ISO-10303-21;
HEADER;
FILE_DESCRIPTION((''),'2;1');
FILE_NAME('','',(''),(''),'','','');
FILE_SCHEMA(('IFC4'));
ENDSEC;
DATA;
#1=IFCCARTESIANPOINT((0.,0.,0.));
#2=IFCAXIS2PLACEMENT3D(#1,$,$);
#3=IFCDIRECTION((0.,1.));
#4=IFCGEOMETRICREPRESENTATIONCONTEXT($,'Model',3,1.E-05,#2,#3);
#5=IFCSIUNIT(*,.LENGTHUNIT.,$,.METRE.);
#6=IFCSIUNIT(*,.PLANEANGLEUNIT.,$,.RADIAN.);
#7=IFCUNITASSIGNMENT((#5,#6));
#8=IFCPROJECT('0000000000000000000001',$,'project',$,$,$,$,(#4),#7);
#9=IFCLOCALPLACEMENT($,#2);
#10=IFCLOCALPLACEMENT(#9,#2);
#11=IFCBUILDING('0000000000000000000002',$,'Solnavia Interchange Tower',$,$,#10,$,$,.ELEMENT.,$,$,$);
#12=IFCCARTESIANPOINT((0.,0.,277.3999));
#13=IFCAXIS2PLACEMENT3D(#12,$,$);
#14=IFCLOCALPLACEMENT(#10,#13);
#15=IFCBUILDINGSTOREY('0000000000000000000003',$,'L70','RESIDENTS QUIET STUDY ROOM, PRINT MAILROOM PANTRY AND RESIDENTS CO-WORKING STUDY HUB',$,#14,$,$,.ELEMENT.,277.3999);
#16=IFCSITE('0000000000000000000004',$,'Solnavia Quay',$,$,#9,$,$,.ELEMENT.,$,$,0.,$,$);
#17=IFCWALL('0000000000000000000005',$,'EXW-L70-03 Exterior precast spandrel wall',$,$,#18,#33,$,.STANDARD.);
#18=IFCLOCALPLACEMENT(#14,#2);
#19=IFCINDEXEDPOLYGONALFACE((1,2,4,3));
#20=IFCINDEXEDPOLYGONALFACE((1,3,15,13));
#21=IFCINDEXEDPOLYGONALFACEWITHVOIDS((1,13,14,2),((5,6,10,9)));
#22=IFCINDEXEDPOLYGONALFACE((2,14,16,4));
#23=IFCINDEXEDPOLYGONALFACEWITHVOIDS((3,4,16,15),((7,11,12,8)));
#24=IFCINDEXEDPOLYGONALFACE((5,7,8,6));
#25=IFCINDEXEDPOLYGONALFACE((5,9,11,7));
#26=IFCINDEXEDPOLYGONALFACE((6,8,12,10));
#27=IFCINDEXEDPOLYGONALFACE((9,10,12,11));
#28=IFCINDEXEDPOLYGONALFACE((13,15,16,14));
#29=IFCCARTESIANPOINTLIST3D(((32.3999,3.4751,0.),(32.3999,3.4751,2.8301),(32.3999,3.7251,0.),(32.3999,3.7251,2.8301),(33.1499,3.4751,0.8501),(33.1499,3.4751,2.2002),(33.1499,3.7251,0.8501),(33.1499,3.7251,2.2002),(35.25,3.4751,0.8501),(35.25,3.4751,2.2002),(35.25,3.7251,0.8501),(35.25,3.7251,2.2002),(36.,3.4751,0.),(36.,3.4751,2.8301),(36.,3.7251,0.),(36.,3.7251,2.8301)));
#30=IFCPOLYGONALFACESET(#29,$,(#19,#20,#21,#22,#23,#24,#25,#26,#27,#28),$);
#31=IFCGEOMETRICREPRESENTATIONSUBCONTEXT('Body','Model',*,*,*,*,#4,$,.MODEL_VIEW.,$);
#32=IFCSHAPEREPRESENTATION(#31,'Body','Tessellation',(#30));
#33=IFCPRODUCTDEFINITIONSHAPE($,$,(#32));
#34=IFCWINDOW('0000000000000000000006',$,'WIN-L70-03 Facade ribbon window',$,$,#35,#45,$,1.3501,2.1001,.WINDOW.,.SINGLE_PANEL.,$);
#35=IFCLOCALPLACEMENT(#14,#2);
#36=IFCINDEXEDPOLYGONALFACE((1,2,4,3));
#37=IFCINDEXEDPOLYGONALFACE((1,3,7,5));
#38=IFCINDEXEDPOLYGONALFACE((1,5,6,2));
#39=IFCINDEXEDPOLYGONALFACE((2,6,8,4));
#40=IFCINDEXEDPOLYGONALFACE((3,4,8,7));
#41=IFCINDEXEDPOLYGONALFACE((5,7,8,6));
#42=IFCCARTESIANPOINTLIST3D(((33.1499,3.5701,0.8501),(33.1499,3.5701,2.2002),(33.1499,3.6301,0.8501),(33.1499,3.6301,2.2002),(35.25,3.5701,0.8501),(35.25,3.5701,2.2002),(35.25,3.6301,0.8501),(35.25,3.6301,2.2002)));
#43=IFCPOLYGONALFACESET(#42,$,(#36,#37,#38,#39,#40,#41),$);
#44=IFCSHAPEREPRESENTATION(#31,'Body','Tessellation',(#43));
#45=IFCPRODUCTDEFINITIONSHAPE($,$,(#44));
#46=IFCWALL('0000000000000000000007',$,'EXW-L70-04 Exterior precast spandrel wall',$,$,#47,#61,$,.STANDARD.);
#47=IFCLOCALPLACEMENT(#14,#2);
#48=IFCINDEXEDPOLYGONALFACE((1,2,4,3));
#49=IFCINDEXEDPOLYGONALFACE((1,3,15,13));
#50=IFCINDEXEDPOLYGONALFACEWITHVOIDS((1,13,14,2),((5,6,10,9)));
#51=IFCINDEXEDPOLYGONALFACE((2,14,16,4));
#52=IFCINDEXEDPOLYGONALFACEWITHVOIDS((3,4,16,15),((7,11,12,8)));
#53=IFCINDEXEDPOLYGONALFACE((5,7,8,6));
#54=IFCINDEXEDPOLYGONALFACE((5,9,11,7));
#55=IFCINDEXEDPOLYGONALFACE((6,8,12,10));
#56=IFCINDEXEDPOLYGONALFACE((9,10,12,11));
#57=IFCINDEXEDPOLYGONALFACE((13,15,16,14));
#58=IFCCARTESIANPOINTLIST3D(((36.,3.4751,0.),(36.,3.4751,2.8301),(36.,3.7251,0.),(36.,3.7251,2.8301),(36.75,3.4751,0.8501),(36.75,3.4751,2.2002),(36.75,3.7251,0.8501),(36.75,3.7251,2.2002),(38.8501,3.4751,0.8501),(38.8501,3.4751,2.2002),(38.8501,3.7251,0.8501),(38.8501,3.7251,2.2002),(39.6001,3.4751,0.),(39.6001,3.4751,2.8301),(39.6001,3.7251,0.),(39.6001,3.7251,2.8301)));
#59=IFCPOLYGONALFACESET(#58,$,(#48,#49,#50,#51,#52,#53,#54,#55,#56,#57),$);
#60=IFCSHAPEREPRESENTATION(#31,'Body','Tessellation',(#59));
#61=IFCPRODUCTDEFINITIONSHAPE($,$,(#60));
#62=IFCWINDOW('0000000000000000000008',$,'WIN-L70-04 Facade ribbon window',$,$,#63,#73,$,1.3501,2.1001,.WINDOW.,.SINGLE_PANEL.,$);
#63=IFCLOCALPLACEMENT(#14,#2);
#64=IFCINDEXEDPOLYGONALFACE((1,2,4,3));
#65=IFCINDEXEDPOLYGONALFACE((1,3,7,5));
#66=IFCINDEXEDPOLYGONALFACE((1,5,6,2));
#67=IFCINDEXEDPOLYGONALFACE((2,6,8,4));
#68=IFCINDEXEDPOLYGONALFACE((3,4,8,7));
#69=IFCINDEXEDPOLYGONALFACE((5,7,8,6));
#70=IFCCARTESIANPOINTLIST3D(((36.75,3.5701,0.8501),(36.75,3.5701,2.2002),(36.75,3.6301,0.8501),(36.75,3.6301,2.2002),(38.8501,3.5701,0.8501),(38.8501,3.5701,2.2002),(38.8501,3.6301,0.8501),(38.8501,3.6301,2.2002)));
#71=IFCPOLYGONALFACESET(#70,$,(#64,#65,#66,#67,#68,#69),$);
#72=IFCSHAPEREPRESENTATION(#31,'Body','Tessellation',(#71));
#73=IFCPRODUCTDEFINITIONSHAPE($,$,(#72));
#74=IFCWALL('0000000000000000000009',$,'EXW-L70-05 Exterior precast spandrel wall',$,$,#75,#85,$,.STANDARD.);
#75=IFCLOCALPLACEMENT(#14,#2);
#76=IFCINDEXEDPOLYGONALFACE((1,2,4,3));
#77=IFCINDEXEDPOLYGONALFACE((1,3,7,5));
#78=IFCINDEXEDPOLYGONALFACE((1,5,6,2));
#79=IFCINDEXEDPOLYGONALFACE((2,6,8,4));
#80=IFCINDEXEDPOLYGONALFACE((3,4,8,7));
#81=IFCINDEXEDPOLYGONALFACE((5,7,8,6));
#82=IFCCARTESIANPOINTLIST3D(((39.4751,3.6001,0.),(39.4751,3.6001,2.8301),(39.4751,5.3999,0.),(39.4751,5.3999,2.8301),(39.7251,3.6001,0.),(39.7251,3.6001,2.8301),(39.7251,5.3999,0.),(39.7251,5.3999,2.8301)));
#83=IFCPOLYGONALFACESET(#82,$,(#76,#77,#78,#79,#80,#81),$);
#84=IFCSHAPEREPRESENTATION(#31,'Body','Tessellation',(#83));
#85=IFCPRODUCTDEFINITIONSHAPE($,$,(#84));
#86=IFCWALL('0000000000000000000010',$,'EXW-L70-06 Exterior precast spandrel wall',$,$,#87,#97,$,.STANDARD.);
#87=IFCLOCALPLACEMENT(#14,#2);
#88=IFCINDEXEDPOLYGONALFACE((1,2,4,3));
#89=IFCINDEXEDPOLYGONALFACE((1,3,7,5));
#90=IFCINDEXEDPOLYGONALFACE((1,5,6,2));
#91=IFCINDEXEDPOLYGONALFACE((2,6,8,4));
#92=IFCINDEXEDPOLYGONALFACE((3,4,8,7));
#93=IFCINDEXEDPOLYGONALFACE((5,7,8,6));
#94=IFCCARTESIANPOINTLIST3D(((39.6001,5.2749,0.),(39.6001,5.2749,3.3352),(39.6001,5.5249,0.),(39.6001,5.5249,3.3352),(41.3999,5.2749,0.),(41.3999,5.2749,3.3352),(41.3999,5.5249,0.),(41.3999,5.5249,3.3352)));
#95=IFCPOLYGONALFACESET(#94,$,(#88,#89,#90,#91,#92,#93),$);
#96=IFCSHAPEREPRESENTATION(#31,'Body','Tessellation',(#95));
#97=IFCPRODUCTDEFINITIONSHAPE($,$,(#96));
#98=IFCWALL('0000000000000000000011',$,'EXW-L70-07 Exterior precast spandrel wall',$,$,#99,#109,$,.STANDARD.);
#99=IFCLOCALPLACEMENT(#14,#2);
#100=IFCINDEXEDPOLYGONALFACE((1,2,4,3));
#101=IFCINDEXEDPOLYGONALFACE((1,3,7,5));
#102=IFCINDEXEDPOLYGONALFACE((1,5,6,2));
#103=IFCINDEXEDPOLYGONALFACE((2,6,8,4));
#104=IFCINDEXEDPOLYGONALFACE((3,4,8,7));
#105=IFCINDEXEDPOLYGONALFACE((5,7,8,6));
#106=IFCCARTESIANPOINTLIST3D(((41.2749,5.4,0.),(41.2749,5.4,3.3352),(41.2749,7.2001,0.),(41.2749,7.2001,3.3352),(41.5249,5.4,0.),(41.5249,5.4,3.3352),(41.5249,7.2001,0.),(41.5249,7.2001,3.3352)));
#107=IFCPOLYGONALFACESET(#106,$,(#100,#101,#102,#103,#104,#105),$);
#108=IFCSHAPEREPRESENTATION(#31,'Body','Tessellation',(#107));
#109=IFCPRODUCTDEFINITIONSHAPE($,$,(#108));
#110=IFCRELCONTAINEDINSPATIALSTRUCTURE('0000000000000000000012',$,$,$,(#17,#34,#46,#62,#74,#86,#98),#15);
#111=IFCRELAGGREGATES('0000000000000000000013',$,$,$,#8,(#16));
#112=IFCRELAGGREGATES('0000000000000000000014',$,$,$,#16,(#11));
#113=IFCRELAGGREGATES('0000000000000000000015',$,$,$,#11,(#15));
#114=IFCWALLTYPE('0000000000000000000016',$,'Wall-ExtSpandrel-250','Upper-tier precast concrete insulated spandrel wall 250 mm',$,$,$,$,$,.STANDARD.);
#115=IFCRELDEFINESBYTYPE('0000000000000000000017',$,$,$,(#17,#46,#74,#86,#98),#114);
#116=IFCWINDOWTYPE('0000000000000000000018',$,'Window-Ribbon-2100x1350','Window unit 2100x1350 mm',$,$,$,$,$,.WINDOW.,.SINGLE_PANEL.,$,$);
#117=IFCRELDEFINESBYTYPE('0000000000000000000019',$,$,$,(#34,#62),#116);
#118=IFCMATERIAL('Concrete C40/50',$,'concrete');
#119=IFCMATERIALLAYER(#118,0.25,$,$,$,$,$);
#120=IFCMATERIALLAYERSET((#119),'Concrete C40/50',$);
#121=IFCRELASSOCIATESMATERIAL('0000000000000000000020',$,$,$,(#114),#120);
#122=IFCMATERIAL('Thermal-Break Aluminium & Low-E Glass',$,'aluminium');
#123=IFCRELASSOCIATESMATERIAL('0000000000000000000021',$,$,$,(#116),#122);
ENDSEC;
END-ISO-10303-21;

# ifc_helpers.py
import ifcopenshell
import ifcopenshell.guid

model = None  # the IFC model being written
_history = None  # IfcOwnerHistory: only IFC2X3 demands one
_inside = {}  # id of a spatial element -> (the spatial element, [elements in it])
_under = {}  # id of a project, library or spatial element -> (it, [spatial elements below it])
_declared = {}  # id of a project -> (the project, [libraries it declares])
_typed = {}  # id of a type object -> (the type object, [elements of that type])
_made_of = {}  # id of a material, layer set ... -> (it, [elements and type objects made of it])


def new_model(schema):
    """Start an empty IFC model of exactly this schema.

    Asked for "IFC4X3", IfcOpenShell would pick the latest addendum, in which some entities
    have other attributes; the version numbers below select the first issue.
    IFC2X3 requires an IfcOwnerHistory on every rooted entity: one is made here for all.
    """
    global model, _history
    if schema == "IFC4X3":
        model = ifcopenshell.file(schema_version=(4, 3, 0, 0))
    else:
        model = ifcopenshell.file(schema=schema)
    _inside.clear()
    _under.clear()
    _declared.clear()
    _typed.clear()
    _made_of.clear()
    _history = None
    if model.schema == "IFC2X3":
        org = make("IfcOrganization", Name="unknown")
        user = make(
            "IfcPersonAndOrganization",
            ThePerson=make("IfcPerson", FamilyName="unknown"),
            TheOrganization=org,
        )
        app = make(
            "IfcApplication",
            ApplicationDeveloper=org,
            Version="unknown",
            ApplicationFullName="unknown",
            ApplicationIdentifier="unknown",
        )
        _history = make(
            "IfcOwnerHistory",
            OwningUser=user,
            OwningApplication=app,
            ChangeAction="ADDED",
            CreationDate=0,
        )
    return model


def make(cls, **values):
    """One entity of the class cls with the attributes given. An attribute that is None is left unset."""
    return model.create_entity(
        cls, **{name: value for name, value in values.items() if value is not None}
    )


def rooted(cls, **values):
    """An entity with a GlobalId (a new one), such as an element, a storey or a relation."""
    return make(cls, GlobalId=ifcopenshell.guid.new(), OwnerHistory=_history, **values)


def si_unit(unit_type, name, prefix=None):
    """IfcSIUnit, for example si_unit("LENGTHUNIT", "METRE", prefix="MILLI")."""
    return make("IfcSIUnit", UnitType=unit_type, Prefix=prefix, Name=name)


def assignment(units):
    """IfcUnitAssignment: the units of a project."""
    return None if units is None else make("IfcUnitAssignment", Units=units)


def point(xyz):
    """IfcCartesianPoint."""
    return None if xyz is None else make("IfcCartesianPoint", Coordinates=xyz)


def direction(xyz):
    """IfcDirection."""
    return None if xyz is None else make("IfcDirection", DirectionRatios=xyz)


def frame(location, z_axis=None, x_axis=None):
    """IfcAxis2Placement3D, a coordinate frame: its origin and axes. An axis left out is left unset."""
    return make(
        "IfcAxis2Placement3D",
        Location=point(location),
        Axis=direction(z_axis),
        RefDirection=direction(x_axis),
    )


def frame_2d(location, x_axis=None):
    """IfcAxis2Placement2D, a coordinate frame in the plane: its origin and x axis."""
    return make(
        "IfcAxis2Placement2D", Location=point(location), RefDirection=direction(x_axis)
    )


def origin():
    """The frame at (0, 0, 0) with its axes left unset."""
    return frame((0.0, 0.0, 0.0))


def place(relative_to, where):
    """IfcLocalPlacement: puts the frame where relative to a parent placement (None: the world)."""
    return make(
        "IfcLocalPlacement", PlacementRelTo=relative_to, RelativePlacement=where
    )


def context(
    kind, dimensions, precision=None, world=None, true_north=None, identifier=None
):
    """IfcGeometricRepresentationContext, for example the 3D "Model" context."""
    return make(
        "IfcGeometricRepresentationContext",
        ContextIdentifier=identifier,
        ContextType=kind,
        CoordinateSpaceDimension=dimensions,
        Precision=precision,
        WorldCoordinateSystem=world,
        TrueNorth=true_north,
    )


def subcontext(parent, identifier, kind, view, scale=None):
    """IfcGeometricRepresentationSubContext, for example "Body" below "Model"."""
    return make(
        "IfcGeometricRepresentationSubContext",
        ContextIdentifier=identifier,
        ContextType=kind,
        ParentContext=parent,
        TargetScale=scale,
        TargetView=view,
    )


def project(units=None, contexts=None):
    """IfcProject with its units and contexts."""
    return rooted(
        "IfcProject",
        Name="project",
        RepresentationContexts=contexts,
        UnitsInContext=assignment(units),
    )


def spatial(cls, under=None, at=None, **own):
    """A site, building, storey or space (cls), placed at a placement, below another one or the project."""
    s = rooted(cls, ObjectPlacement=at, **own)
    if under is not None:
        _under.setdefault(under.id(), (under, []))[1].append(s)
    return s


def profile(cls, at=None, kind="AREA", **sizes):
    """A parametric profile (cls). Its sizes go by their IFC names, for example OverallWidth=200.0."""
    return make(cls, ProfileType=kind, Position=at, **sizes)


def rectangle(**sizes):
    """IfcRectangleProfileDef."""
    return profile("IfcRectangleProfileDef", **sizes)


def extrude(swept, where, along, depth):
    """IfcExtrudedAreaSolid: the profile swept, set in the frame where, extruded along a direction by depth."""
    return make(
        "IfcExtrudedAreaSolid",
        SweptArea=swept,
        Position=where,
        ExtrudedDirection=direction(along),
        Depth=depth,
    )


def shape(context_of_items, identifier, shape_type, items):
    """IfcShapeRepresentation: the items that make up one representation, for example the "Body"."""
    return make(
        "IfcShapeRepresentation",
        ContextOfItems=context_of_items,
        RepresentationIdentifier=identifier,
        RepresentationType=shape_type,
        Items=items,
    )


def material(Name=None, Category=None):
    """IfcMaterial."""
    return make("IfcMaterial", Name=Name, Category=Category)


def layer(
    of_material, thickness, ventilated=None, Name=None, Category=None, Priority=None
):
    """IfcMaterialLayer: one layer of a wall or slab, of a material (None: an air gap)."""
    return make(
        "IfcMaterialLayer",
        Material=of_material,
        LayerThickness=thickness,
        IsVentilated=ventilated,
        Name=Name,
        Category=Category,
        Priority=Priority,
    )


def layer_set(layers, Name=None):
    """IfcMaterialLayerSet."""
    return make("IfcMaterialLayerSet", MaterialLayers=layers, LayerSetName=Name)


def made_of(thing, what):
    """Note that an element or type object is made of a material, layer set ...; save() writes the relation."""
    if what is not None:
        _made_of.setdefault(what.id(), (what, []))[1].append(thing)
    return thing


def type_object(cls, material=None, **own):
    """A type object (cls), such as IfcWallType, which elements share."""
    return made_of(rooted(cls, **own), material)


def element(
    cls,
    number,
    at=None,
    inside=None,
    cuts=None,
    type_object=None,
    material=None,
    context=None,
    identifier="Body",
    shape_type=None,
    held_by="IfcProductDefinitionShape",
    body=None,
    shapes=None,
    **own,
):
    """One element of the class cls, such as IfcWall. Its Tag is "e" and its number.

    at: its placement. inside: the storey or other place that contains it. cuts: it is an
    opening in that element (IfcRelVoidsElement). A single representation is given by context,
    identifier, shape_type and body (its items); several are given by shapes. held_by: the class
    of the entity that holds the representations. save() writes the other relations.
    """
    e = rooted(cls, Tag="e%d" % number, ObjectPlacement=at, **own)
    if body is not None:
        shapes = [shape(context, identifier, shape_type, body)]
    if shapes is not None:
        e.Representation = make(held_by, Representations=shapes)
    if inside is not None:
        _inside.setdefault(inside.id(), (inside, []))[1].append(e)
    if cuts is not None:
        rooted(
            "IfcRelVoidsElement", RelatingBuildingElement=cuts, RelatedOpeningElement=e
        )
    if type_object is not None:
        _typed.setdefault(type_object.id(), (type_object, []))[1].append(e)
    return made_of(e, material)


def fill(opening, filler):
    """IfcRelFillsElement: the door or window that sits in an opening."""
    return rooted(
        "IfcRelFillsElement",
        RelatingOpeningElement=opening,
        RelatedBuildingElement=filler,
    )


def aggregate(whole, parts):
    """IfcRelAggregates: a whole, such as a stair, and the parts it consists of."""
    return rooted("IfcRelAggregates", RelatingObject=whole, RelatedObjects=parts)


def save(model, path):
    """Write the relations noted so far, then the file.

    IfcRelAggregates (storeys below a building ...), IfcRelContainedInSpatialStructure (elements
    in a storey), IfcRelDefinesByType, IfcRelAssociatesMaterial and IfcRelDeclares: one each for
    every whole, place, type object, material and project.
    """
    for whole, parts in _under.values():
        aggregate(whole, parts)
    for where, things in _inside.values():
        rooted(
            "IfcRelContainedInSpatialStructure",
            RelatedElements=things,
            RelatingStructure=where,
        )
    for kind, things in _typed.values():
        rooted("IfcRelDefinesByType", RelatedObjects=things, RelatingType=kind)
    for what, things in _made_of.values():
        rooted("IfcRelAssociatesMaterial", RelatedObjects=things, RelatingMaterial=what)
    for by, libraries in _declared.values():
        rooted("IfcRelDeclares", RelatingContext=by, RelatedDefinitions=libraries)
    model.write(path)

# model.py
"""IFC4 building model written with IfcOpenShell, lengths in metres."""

from ifc_helpers import new_model, si_unit, direction, frame, frame_2d, origin, place, context, subcontext, project, spatial, rectangle, extrude, material, layer, layer_set, type_object, element, fill, save


model = new_model("IFC4")

# Units and contexts
model_context = context("Model", 3, precision=1e-05, world=origin(), true_north=direction((0.0, 1.0)))
body_context = subcontext(model_context, "Body", "Model", "MODEL_VIEW")
ifc_project = project(units=[si_unit("LENGTHUNIT", "METRE"), si_unit("PLANEANGLEUNIT", "RADIAN")], contexts=[model_context])

# Site, building, storey
site_placement = place(None, origin())
site = spatial("IfcSite", under=ifc_project, at=site_placement, Name="Solnavia Quay", CompositionType="ELEMENT", RefElevation=0.0)
building_placement = place(site_placement, origin())
building = spatial("IfcBuilding", under=site, at=building_placement, Name="Solnavia Interchange Tower", CompositionType="ELEMENT")
storey_placement = place(building_placement, frame((0.0, 0.0, 277.3999)))
storey = spatial("IfcBuildingStorey", under=building, at=storey_placement, Name="L70", Description="RESIDENTS QUIET STUDY ROOM, PRINT MAILROOM PANTRY AND RESIDENTS CO-WORKING STUDY HUB", CompositionType="ELEMENT", Elevation=277.3999)

# Walls, openings, windows
ifc_material_1 = material(Name="Concrete C40/50", Category="concrete")
ifc_layer_1 = layer(ifc_material_1, 0.25)
ifc_layer_set_1 = layer_set([ifc_layer_1], Name="Concrete C40/50")
wall_type_1 = type_object("IfcWallType", Name="Wall-ExtSpandrel-250", Description="Upper-tier precast concrete insulated spandrel wall 250 mm", PredefinedType="STANDARD", material=ifc_layer_set_1)
ifc_material_2 = material(Name="Thermal-Break Aluminium & Low-E Glass", Category="aluminium")
window_type = type_object("IfcWindowType", Name="Window-Ribbon-2100x1350", Description="Window unit 2100x1350 mm", PartitioningType="SINGLE_PANEL", PredefinedType="WINDOW", material=ifc_material_2)
wall_1_placement = place(storey_placement, frame((36.0, 3.6001, 0.0), z_axis=(0.0, 0.0, 1.0), x_axis=(-1.0, 0.0, 0.0)))
wall_1 = element("IfcWall", 1, at=wall_1_placement, inside=storey, type_object=wall_type_1, Name="EXW-L70-03 Exterior precast spandrel wall", PredefinedType="STANDARD", context=body_context, shape_type="SweptSolid", body=[
    extrude(rectangle(XDim=3.6001, YDim=0.25, at=frame_2d((1.8, 0.0))), origin(), (0.0, 0.0, 1.0), 2.8301),
])
opening_1_placement = place(wall_1_placement, frame((0.75, 0.0, 0.8501)))
opening_1 = element("IfcOpeningElement", 2, at=opening_1_placement, cuts=wall_1, PredefinedType="OPENING", context=body_context, shape_type="SweptSolid", body=[
    extrude(rectangle(XDim=2.1001, YDim=1.3501, at=frame_2d((1.05, 0.675))), frame((0.0, 0.135, 0.0), z_axis=(0.0, -1.0, 0.0), x_axis=(1.0, 0.0, 0.0)), (0.0, 0.0, 1.0), 0.27),
])
window_1_placement = place(opening_1_placement, origin())
window_1 = element("IfcWindow", 3, at=window_1_placement, inside=storey, type_object=window_type, Name="WIN-L70-03 Facade ribbon window", OverallHeight=1.3501, OverallWidth=2.1001, PartitioningType="SINGLE_PANEL", PredefinedType="WINDOW", context=body_context, shape_type="SweptSolid", body=[
    extrude(rectangle(XDim=2.1001, YDim=1.3501, at=frame_2d((1.05, 0.675))), frame((0.0, 0.03, 0.0), z_axis=(0.0, -1.0, 0.0), x_axis=(1.0, 0.0, 0.0)), (0.0, 0.0, 1.0), 0.0601),
])
fill(opening_1, window_1)
wall_2_placement = place(storey_placement, frame((39.6001, 3.6001, 0.0), z_axis=(0.0, 0.0, 1.0), x_axis=(-1.0, 0.0, 0.0)))
wall_2 = element("IfcWall", 4, at=wall_2_placement, inside=storey, type_object=wall_type_1, Name="EXW-L70-04 Exterior precast spandrel wall", PredefinedType="STANDARD", context=body_context, shape_type="SweptSolid", body=[
    extrude(rectangle(XDim=3.6001, YDim=0.25, at=frame_2d((1.8, 0.0))), origin(), (0.0, 0.0, 1.0), 2.8301),
])
opening_2_placement = place(wall_2_placement, frame((0.75, 0.0, 0.8501)))
opening_2 = element("IfcOpeningElement", 5, at=opening_2_placement, cuts=wall_2, PredefinedType="OPENING", context=body_context, shape_type="SweptSolid", body=[
    extrude(rectangle(XDim=2.1001, YDim=1.3501, at=frame_2d((1.05, 0.675))), frame((0.0, 0.135, 0.0), z_axis=(0.0, -1.0, 0.0), x_axis=(1.0, 0.0, 0.0)), (0.0, 0.0, 1.0), 0.27),
])
window_2_placement = place(opening_2_placement, origin())
window_2 = element("IfcWindow", 6, at=window_2_placement, inside=storey, type_object=window_type, Name="WIN-L70-04 Facade ribbon window", OverallHeight=1.3501, OverallWidth=2.1001, PartitioningType="SINGLE_PANEL", PredefinedType="WINDOW", context=body_context, shape_type="SweptSolid", body=[
    extrude(rectangle(XDim=2.1001, YDim=1.3501, at=frame_2d((1.05, 0.675))), frame((0.0, 0.03, 0.0), z_axis=(0.0, -1.0, 0.0), x_axis=(1.0, 0.0, 0.0)), (0.0, 0.0, 1.0), 0.0601),
])
fill(opening_2, window_2)

# Walls
wall_3_placement = place(storey_placement, frame((39.6001, 5.3999, 0.0), z_axis=(0.0, 0.0, 1.0), x_axis=(0.0, -1.0, 0.0)))
element("IfcWall", 7, at=wall_3_placement, inside=storey, type_object=wall_type_1, Name="EXW-L70-05 Exterior precast spandrel wall", PredefinedType="STANDARD", context=body_context, shape_type="SweptSolid", body=[
    extrude(rectangle(XDim=1.7998, YDim=0.25, at=frame_2d((0.8999, 0.0))), origin(), (0.0, 0.0, 1.0), 2.8301),
])
wall_4_placement = place(storey_placement, frame((41.3999, 5.3999, 0.0), z_axis=(0.0, 0.0, 1.0), x_axis=(-1.0, 0.0, 0.0)))
element("IfcWall", 8, at=wall_4_placement, inside=storey, type_object=wall_type_1, Name="EXW-L70-06 Exterior precast spandrel wall", PredefinedType="STANDARD", context=body_context, shape_type="SweptSolid", body=[
    extrude(rectangle(XDim=1.7998, YDim=0.25, at=frame_2d((0.8999, 0.0))), origin(), (0.0, 0.0, 1.0), 3.3352),
])
wall_5_placement = place(storey_placement, frame((41.3999, 7.2, 0.0), z_axis=(0.0, 0.0, 1.0), x_axis=(0.0, -1.0, 0.0)))
element("IfcWall", 9, at=wall_5_placement, inside=storey, type_object=wall_type_1, Name="EXW-L70-07 Exterior precast spandrel wall", PredefinedType="STANDARD", context=body_context, shape_type="SweptSolid", body=[
    extrude(rectangle(XDim=1.8, YDim=0.25, at=frame_2d((0.8999, 0.0))), origin(), (0.0, 0.0, 1.0), 3.3352),
])

save(model, "model.ifc")
